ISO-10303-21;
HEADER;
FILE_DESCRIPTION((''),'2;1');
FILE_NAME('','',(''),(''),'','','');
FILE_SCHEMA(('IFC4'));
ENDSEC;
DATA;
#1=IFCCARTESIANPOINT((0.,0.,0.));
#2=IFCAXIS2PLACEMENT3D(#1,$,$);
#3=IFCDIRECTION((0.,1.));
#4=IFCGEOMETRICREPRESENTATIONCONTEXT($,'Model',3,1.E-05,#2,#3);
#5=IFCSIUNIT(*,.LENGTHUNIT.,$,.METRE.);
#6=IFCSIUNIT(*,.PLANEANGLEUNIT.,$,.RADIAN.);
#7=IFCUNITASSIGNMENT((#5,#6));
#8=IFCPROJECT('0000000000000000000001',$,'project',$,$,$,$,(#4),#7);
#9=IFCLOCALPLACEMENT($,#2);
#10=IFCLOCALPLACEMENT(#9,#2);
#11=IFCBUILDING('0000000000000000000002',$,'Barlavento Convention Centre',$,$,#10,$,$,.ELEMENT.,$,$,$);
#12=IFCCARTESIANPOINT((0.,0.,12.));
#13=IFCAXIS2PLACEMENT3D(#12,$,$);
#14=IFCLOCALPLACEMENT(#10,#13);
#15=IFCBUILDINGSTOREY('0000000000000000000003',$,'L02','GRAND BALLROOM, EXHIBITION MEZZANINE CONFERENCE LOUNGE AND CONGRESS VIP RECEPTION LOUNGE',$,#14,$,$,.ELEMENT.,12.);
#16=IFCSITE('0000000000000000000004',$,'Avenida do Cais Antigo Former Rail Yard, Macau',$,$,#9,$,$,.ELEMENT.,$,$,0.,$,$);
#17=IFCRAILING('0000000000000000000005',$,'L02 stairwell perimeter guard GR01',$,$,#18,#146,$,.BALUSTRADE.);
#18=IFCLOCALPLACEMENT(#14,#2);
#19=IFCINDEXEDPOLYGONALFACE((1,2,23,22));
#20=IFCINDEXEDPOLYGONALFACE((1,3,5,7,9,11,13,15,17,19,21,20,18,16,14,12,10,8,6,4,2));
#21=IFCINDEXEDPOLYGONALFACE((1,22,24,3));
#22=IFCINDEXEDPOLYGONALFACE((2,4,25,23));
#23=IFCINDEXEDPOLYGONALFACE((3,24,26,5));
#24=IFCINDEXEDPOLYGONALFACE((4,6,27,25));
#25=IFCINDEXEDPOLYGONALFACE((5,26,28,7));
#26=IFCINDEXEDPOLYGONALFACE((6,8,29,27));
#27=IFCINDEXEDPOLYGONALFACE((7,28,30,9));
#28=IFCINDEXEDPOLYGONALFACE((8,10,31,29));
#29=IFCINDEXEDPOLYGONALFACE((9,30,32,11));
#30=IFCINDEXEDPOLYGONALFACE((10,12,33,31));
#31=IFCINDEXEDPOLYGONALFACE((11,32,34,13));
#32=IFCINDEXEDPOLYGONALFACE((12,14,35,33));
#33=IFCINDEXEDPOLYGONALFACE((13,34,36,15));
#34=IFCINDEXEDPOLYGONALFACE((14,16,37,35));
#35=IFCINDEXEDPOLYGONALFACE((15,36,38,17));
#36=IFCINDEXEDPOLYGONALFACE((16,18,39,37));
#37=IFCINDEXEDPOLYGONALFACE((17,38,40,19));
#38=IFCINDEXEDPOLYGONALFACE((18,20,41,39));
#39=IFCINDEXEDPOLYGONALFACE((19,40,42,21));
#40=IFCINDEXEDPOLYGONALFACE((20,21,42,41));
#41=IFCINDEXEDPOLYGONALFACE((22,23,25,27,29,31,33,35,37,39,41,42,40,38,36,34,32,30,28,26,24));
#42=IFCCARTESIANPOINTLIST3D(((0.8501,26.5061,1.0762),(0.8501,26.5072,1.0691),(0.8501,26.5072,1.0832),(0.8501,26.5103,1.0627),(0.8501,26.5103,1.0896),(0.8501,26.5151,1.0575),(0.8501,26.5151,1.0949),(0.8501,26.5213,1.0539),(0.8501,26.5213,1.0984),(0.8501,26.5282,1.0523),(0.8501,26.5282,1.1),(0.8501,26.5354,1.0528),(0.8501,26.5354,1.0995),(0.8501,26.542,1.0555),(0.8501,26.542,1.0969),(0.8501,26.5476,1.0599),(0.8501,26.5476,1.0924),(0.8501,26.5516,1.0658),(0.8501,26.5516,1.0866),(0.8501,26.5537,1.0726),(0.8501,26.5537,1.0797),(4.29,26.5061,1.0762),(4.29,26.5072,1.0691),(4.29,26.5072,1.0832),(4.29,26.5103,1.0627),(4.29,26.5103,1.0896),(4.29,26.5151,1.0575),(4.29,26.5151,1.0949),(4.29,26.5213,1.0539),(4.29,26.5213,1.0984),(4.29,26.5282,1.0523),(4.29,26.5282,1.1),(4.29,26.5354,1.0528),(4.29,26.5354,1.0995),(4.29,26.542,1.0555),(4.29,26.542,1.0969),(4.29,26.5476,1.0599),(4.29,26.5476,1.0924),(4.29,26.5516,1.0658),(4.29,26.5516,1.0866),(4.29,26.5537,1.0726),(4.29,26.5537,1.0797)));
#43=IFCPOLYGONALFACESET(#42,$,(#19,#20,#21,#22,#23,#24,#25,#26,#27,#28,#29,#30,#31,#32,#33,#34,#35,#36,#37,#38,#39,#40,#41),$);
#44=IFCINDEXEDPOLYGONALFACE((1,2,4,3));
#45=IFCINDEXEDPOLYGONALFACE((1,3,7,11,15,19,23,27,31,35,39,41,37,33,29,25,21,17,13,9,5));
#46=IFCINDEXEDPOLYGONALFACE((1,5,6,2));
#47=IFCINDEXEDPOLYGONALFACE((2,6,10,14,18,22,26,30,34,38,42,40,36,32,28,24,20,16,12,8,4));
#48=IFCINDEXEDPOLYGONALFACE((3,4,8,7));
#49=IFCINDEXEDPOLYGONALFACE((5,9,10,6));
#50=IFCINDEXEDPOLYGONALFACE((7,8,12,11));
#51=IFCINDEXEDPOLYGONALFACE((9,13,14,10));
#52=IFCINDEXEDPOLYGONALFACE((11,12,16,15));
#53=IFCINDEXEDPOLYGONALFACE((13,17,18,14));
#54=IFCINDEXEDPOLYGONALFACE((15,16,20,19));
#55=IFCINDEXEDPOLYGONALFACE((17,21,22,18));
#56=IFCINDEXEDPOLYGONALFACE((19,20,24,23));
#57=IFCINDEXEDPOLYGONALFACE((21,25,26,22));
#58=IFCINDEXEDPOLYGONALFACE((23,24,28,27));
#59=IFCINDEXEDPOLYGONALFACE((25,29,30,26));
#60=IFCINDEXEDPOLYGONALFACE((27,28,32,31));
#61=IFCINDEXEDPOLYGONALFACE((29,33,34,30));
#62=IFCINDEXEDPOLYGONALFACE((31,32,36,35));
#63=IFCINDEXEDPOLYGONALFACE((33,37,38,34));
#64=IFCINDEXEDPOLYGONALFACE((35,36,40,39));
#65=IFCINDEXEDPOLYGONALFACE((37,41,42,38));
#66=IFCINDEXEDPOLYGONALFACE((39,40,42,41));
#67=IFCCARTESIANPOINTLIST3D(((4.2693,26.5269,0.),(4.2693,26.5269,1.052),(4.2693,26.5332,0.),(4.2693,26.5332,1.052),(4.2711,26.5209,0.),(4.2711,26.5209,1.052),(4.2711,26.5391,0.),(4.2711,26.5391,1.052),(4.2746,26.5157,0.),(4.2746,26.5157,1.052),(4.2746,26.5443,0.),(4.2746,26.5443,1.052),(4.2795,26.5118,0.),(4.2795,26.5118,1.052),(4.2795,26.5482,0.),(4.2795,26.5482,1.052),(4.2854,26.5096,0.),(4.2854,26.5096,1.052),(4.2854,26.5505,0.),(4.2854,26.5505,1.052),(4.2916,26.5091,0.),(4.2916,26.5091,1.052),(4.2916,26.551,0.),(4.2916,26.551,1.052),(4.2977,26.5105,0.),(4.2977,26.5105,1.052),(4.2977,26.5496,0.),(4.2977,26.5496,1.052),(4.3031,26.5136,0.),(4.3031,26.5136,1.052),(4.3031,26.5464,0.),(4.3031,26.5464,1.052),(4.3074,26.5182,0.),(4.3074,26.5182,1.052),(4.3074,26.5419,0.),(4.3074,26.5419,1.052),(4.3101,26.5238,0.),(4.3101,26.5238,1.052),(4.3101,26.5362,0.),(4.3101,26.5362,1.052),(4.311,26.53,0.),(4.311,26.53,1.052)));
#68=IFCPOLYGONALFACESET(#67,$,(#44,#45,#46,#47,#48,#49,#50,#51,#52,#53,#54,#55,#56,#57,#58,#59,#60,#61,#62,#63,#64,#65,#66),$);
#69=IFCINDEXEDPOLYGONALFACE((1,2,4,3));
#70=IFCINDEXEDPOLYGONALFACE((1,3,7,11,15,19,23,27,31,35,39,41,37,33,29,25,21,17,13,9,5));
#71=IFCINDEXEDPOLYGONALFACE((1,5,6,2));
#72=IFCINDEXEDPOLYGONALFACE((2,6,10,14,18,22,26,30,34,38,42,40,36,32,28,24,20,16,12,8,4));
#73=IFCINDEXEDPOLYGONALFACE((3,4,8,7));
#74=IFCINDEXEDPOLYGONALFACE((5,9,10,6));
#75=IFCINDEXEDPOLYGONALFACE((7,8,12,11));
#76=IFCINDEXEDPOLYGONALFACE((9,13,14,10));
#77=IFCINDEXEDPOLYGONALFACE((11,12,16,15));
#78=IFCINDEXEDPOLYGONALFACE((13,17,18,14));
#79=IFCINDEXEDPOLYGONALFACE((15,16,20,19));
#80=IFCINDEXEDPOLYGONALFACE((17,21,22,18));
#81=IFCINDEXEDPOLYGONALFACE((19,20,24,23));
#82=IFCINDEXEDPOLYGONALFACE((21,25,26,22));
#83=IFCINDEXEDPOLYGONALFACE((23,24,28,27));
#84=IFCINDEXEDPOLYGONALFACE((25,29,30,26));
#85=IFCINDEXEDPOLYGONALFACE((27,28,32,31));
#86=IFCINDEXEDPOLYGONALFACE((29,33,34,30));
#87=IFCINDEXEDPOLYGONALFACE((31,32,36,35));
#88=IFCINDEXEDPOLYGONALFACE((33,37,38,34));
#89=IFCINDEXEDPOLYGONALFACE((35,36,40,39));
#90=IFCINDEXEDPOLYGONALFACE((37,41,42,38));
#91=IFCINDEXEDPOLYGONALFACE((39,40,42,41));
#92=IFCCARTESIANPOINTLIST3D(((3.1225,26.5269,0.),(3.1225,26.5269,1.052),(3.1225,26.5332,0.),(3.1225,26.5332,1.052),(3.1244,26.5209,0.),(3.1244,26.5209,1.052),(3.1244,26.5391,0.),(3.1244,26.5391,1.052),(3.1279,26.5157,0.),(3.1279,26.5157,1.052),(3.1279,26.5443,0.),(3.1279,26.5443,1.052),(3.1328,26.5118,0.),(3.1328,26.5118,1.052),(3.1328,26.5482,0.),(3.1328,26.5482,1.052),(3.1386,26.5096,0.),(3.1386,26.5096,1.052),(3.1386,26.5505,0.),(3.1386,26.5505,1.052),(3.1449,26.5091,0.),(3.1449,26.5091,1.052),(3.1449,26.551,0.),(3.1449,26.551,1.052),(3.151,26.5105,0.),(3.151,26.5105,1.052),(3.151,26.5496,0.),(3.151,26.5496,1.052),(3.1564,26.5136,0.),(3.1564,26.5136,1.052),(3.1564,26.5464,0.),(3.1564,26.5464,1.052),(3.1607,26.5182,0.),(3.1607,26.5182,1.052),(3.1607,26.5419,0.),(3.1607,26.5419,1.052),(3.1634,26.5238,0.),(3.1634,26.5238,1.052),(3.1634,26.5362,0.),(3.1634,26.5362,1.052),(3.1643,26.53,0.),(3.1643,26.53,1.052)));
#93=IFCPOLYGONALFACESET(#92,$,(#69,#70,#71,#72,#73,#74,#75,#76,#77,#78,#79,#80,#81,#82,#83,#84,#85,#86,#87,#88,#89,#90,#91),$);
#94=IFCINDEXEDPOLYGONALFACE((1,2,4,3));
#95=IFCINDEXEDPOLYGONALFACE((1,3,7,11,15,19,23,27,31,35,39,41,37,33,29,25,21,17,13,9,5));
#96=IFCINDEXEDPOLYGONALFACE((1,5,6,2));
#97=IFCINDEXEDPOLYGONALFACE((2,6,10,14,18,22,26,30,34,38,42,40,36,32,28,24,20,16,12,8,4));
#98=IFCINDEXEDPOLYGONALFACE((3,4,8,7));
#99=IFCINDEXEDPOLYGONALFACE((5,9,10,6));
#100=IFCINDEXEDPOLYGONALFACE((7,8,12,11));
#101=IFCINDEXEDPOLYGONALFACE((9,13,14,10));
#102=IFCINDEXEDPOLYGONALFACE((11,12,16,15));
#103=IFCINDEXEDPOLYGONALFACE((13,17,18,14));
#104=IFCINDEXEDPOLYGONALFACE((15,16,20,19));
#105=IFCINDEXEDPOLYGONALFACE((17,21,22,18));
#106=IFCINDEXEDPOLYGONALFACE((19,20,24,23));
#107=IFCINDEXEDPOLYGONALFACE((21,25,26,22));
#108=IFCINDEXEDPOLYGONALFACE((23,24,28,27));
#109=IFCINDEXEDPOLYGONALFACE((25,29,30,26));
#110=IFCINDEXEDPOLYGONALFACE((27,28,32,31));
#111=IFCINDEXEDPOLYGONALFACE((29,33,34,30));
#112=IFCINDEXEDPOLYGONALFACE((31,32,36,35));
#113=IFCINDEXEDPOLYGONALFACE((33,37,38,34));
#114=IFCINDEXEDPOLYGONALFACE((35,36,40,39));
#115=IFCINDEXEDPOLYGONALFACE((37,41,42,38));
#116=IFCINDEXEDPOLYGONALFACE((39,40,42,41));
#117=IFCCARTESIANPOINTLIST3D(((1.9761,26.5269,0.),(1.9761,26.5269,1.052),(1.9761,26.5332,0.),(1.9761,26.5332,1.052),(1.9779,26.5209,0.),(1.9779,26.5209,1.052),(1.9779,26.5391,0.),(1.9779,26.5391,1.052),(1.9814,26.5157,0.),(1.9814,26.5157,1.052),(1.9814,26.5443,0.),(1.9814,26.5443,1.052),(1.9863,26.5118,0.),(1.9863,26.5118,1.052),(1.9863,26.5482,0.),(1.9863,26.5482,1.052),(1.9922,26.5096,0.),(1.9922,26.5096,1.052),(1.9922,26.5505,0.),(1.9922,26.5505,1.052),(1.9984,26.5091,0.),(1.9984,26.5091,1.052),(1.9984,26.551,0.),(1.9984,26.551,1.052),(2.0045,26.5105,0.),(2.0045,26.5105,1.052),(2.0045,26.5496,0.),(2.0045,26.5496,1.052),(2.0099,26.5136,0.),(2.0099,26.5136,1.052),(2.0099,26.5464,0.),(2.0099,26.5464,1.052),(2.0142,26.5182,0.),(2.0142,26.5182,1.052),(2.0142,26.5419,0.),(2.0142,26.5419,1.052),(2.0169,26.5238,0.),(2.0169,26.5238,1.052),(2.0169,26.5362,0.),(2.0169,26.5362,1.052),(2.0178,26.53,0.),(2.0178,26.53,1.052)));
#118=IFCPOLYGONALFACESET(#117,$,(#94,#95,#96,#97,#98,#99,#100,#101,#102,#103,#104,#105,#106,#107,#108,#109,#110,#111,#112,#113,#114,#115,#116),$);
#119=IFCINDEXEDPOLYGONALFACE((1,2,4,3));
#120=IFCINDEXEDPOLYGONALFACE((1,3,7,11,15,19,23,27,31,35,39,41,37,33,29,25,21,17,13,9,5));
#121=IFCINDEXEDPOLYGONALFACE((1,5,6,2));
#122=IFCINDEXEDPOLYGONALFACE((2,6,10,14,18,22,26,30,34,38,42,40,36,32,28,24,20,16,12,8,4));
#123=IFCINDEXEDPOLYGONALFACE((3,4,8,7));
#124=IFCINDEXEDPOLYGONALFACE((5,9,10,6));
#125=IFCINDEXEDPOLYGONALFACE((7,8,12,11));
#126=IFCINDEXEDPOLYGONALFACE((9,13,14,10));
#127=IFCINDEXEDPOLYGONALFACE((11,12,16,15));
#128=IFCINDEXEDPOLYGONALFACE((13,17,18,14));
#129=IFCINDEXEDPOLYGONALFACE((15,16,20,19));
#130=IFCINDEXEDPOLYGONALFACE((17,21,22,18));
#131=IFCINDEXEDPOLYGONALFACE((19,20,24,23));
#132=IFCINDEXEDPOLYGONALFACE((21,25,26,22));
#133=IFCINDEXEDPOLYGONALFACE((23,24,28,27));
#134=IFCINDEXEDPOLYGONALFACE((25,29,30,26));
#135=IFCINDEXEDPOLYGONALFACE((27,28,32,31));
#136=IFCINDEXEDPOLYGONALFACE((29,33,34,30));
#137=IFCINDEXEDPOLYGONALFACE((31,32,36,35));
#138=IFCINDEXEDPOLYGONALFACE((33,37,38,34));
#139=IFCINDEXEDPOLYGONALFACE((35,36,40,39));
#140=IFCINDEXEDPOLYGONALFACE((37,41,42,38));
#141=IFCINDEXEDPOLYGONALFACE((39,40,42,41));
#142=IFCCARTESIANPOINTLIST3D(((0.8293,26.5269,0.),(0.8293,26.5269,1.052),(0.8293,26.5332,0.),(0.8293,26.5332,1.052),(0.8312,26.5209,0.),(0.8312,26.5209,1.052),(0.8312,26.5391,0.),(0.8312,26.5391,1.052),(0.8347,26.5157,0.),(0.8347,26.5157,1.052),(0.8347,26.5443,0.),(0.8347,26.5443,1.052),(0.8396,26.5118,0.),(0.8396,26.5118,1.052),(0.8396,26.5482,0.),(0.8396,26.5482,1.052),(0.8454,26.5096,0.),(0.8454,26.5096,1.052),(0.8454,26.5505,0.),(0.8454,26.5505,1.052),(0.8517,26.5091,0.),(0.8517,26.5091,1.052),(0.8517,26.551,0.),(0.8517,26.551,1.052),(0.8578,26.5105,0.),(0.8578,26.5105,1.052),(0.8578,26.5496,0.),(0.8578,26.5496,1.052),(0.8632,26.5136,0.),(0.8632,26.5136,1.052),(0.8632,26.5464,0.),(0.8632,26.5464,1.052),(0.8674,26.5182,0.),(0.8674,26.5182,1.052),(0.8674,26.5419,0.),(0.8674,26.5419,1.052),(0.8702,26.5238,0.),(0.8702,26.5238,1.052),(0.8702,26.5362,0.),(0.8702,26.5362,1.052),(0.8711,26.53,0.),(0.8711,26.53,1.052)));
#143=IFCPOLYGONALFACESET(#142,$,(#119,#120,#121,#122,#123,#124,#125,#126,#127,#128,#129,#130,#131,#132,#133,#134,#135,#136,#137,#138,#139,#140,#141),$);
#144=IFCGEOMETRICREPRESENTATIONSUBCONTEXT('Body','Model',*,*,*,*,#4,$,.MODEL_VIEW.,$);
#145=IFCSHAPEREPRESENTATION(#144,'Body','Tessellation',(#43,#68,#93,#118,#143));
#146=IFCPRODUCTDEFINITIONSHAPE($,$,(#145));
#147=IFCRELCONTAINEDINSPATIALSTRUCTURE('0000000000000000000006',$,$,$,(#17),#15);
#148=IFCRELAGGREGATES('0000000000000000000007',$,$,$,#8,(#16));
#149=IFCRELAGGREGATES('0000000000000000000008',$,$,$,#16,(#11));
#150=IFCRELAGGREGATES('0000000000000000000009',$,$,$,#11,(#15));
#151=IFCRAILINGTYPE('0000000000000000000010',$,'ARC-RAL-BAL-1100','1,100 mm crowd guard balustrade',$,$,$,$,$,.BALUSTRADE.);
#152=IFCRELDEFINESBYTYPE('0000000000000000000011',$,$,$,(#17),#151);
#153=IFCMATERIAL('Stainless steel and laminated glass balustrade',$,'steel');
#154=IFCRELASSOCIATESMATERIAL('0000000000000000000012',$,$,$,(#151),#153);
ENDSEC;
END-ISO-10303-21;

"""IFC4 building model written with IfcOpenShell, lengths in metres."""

from ifc_helpers import new_model, si_unit, direction, frame, origin, origin_2d, place, context, subcontext, project, spatial, circle, extrude, material, type_object, element, save


model = new_model("IFC4")

# Units and contexts
model_context = context("Model", 3, precision=1e-05, world=origin(), true_north=direction((0.0, 1.0)))
body_context = subcontext(model_context, "Body", "Model", "MODEL_VIEW")
ifc_project = project(units=[si_unit("LENGTHUNIT", "METRE"), si_unit("PLANEANGLEUNIT", "RADIAN")], contexts=[model_context])

# Site, building, storey
site_placement = place(None, origin())
site = spatial("IfcSite", under=ifc_project, at=site_placement, Name="Avenida do Cais Antigo Former Rail Yard, Macau", CompositionType="ELEMENT", RefElevation=0.0)
building_placement = place(site_placement, origin())
building = spatial("IfcBuilding", under=site, at=building_placement, Name="Barlavento Convention Centre", CompositionType="ELEMENT")
storey_placement = place(building_placement, frame((0.0, 0.0, 12.0)))
storey = spatial("IfcBuildingStorey", under=building, at=storey_placement, Name="L02", Description="GRAND BALLROOM, EXHIBITION MEZZANINE CONFERENCE LOUNGE AND CONGRESS VIP RECEPTION LOUNGE", CompositionType="ELEMENT", Elevation=12.0)

# Railing
ifc_material_1 = material(Name="Stainless steel and laminated glass balustrade", Category="steel")
railing_type = type_object("IfcRailingType", Name="ARC-RAL-BAL-1100", Description="1,100 mm crowd guard balustrade", PredefinedType="BALUSTRADE", material=ifc_material_1)
railing_1_placement = place(storey_placement, frame((4.29, 26.53, 0.0)))
element("IfcRailing", 1, at=railing_1_placement, inside=storey, type_object=railing_type, Name="L02 stairwell perimeter guard GR01", PredefinedType="BALUSTRADE", context=body_context, shape_type="SweptSolid", body=[
    extrude(circle(Radius=0.0239, at=origin_2d()), frame((0.0, 0.0, 1.0762), z_axis=(-1.0, 0.0, 0.0), x_axis=(0.0, -1.0, 0.0)), (0.0, 0.0, 1.0), 3.4399),
    extrude(circle(Radius=0.021, at=origin_2d()), origin(), (0.0, 0.0, 1.0), 1.052),
    extrude(circle(Radius=0.021, at=origin_2d()), frame((-1.1467, 0.0, 0.0)), (0.0, 0.0, 1.0), 1.052),
    extrude(circle(Radius=0.021, at=origin_2d()), frame((-2.2932, 0.0, 0.0)), (0.0, 0.0, 1.0), 1.052),
    extrude(circle(Radius=0.021, at=origin_2d()), frame((-3.4399, 0.0, 0.0)), (0.0, 0.0, 1.0), 1.052),
])

save(model, "model.ifc")
